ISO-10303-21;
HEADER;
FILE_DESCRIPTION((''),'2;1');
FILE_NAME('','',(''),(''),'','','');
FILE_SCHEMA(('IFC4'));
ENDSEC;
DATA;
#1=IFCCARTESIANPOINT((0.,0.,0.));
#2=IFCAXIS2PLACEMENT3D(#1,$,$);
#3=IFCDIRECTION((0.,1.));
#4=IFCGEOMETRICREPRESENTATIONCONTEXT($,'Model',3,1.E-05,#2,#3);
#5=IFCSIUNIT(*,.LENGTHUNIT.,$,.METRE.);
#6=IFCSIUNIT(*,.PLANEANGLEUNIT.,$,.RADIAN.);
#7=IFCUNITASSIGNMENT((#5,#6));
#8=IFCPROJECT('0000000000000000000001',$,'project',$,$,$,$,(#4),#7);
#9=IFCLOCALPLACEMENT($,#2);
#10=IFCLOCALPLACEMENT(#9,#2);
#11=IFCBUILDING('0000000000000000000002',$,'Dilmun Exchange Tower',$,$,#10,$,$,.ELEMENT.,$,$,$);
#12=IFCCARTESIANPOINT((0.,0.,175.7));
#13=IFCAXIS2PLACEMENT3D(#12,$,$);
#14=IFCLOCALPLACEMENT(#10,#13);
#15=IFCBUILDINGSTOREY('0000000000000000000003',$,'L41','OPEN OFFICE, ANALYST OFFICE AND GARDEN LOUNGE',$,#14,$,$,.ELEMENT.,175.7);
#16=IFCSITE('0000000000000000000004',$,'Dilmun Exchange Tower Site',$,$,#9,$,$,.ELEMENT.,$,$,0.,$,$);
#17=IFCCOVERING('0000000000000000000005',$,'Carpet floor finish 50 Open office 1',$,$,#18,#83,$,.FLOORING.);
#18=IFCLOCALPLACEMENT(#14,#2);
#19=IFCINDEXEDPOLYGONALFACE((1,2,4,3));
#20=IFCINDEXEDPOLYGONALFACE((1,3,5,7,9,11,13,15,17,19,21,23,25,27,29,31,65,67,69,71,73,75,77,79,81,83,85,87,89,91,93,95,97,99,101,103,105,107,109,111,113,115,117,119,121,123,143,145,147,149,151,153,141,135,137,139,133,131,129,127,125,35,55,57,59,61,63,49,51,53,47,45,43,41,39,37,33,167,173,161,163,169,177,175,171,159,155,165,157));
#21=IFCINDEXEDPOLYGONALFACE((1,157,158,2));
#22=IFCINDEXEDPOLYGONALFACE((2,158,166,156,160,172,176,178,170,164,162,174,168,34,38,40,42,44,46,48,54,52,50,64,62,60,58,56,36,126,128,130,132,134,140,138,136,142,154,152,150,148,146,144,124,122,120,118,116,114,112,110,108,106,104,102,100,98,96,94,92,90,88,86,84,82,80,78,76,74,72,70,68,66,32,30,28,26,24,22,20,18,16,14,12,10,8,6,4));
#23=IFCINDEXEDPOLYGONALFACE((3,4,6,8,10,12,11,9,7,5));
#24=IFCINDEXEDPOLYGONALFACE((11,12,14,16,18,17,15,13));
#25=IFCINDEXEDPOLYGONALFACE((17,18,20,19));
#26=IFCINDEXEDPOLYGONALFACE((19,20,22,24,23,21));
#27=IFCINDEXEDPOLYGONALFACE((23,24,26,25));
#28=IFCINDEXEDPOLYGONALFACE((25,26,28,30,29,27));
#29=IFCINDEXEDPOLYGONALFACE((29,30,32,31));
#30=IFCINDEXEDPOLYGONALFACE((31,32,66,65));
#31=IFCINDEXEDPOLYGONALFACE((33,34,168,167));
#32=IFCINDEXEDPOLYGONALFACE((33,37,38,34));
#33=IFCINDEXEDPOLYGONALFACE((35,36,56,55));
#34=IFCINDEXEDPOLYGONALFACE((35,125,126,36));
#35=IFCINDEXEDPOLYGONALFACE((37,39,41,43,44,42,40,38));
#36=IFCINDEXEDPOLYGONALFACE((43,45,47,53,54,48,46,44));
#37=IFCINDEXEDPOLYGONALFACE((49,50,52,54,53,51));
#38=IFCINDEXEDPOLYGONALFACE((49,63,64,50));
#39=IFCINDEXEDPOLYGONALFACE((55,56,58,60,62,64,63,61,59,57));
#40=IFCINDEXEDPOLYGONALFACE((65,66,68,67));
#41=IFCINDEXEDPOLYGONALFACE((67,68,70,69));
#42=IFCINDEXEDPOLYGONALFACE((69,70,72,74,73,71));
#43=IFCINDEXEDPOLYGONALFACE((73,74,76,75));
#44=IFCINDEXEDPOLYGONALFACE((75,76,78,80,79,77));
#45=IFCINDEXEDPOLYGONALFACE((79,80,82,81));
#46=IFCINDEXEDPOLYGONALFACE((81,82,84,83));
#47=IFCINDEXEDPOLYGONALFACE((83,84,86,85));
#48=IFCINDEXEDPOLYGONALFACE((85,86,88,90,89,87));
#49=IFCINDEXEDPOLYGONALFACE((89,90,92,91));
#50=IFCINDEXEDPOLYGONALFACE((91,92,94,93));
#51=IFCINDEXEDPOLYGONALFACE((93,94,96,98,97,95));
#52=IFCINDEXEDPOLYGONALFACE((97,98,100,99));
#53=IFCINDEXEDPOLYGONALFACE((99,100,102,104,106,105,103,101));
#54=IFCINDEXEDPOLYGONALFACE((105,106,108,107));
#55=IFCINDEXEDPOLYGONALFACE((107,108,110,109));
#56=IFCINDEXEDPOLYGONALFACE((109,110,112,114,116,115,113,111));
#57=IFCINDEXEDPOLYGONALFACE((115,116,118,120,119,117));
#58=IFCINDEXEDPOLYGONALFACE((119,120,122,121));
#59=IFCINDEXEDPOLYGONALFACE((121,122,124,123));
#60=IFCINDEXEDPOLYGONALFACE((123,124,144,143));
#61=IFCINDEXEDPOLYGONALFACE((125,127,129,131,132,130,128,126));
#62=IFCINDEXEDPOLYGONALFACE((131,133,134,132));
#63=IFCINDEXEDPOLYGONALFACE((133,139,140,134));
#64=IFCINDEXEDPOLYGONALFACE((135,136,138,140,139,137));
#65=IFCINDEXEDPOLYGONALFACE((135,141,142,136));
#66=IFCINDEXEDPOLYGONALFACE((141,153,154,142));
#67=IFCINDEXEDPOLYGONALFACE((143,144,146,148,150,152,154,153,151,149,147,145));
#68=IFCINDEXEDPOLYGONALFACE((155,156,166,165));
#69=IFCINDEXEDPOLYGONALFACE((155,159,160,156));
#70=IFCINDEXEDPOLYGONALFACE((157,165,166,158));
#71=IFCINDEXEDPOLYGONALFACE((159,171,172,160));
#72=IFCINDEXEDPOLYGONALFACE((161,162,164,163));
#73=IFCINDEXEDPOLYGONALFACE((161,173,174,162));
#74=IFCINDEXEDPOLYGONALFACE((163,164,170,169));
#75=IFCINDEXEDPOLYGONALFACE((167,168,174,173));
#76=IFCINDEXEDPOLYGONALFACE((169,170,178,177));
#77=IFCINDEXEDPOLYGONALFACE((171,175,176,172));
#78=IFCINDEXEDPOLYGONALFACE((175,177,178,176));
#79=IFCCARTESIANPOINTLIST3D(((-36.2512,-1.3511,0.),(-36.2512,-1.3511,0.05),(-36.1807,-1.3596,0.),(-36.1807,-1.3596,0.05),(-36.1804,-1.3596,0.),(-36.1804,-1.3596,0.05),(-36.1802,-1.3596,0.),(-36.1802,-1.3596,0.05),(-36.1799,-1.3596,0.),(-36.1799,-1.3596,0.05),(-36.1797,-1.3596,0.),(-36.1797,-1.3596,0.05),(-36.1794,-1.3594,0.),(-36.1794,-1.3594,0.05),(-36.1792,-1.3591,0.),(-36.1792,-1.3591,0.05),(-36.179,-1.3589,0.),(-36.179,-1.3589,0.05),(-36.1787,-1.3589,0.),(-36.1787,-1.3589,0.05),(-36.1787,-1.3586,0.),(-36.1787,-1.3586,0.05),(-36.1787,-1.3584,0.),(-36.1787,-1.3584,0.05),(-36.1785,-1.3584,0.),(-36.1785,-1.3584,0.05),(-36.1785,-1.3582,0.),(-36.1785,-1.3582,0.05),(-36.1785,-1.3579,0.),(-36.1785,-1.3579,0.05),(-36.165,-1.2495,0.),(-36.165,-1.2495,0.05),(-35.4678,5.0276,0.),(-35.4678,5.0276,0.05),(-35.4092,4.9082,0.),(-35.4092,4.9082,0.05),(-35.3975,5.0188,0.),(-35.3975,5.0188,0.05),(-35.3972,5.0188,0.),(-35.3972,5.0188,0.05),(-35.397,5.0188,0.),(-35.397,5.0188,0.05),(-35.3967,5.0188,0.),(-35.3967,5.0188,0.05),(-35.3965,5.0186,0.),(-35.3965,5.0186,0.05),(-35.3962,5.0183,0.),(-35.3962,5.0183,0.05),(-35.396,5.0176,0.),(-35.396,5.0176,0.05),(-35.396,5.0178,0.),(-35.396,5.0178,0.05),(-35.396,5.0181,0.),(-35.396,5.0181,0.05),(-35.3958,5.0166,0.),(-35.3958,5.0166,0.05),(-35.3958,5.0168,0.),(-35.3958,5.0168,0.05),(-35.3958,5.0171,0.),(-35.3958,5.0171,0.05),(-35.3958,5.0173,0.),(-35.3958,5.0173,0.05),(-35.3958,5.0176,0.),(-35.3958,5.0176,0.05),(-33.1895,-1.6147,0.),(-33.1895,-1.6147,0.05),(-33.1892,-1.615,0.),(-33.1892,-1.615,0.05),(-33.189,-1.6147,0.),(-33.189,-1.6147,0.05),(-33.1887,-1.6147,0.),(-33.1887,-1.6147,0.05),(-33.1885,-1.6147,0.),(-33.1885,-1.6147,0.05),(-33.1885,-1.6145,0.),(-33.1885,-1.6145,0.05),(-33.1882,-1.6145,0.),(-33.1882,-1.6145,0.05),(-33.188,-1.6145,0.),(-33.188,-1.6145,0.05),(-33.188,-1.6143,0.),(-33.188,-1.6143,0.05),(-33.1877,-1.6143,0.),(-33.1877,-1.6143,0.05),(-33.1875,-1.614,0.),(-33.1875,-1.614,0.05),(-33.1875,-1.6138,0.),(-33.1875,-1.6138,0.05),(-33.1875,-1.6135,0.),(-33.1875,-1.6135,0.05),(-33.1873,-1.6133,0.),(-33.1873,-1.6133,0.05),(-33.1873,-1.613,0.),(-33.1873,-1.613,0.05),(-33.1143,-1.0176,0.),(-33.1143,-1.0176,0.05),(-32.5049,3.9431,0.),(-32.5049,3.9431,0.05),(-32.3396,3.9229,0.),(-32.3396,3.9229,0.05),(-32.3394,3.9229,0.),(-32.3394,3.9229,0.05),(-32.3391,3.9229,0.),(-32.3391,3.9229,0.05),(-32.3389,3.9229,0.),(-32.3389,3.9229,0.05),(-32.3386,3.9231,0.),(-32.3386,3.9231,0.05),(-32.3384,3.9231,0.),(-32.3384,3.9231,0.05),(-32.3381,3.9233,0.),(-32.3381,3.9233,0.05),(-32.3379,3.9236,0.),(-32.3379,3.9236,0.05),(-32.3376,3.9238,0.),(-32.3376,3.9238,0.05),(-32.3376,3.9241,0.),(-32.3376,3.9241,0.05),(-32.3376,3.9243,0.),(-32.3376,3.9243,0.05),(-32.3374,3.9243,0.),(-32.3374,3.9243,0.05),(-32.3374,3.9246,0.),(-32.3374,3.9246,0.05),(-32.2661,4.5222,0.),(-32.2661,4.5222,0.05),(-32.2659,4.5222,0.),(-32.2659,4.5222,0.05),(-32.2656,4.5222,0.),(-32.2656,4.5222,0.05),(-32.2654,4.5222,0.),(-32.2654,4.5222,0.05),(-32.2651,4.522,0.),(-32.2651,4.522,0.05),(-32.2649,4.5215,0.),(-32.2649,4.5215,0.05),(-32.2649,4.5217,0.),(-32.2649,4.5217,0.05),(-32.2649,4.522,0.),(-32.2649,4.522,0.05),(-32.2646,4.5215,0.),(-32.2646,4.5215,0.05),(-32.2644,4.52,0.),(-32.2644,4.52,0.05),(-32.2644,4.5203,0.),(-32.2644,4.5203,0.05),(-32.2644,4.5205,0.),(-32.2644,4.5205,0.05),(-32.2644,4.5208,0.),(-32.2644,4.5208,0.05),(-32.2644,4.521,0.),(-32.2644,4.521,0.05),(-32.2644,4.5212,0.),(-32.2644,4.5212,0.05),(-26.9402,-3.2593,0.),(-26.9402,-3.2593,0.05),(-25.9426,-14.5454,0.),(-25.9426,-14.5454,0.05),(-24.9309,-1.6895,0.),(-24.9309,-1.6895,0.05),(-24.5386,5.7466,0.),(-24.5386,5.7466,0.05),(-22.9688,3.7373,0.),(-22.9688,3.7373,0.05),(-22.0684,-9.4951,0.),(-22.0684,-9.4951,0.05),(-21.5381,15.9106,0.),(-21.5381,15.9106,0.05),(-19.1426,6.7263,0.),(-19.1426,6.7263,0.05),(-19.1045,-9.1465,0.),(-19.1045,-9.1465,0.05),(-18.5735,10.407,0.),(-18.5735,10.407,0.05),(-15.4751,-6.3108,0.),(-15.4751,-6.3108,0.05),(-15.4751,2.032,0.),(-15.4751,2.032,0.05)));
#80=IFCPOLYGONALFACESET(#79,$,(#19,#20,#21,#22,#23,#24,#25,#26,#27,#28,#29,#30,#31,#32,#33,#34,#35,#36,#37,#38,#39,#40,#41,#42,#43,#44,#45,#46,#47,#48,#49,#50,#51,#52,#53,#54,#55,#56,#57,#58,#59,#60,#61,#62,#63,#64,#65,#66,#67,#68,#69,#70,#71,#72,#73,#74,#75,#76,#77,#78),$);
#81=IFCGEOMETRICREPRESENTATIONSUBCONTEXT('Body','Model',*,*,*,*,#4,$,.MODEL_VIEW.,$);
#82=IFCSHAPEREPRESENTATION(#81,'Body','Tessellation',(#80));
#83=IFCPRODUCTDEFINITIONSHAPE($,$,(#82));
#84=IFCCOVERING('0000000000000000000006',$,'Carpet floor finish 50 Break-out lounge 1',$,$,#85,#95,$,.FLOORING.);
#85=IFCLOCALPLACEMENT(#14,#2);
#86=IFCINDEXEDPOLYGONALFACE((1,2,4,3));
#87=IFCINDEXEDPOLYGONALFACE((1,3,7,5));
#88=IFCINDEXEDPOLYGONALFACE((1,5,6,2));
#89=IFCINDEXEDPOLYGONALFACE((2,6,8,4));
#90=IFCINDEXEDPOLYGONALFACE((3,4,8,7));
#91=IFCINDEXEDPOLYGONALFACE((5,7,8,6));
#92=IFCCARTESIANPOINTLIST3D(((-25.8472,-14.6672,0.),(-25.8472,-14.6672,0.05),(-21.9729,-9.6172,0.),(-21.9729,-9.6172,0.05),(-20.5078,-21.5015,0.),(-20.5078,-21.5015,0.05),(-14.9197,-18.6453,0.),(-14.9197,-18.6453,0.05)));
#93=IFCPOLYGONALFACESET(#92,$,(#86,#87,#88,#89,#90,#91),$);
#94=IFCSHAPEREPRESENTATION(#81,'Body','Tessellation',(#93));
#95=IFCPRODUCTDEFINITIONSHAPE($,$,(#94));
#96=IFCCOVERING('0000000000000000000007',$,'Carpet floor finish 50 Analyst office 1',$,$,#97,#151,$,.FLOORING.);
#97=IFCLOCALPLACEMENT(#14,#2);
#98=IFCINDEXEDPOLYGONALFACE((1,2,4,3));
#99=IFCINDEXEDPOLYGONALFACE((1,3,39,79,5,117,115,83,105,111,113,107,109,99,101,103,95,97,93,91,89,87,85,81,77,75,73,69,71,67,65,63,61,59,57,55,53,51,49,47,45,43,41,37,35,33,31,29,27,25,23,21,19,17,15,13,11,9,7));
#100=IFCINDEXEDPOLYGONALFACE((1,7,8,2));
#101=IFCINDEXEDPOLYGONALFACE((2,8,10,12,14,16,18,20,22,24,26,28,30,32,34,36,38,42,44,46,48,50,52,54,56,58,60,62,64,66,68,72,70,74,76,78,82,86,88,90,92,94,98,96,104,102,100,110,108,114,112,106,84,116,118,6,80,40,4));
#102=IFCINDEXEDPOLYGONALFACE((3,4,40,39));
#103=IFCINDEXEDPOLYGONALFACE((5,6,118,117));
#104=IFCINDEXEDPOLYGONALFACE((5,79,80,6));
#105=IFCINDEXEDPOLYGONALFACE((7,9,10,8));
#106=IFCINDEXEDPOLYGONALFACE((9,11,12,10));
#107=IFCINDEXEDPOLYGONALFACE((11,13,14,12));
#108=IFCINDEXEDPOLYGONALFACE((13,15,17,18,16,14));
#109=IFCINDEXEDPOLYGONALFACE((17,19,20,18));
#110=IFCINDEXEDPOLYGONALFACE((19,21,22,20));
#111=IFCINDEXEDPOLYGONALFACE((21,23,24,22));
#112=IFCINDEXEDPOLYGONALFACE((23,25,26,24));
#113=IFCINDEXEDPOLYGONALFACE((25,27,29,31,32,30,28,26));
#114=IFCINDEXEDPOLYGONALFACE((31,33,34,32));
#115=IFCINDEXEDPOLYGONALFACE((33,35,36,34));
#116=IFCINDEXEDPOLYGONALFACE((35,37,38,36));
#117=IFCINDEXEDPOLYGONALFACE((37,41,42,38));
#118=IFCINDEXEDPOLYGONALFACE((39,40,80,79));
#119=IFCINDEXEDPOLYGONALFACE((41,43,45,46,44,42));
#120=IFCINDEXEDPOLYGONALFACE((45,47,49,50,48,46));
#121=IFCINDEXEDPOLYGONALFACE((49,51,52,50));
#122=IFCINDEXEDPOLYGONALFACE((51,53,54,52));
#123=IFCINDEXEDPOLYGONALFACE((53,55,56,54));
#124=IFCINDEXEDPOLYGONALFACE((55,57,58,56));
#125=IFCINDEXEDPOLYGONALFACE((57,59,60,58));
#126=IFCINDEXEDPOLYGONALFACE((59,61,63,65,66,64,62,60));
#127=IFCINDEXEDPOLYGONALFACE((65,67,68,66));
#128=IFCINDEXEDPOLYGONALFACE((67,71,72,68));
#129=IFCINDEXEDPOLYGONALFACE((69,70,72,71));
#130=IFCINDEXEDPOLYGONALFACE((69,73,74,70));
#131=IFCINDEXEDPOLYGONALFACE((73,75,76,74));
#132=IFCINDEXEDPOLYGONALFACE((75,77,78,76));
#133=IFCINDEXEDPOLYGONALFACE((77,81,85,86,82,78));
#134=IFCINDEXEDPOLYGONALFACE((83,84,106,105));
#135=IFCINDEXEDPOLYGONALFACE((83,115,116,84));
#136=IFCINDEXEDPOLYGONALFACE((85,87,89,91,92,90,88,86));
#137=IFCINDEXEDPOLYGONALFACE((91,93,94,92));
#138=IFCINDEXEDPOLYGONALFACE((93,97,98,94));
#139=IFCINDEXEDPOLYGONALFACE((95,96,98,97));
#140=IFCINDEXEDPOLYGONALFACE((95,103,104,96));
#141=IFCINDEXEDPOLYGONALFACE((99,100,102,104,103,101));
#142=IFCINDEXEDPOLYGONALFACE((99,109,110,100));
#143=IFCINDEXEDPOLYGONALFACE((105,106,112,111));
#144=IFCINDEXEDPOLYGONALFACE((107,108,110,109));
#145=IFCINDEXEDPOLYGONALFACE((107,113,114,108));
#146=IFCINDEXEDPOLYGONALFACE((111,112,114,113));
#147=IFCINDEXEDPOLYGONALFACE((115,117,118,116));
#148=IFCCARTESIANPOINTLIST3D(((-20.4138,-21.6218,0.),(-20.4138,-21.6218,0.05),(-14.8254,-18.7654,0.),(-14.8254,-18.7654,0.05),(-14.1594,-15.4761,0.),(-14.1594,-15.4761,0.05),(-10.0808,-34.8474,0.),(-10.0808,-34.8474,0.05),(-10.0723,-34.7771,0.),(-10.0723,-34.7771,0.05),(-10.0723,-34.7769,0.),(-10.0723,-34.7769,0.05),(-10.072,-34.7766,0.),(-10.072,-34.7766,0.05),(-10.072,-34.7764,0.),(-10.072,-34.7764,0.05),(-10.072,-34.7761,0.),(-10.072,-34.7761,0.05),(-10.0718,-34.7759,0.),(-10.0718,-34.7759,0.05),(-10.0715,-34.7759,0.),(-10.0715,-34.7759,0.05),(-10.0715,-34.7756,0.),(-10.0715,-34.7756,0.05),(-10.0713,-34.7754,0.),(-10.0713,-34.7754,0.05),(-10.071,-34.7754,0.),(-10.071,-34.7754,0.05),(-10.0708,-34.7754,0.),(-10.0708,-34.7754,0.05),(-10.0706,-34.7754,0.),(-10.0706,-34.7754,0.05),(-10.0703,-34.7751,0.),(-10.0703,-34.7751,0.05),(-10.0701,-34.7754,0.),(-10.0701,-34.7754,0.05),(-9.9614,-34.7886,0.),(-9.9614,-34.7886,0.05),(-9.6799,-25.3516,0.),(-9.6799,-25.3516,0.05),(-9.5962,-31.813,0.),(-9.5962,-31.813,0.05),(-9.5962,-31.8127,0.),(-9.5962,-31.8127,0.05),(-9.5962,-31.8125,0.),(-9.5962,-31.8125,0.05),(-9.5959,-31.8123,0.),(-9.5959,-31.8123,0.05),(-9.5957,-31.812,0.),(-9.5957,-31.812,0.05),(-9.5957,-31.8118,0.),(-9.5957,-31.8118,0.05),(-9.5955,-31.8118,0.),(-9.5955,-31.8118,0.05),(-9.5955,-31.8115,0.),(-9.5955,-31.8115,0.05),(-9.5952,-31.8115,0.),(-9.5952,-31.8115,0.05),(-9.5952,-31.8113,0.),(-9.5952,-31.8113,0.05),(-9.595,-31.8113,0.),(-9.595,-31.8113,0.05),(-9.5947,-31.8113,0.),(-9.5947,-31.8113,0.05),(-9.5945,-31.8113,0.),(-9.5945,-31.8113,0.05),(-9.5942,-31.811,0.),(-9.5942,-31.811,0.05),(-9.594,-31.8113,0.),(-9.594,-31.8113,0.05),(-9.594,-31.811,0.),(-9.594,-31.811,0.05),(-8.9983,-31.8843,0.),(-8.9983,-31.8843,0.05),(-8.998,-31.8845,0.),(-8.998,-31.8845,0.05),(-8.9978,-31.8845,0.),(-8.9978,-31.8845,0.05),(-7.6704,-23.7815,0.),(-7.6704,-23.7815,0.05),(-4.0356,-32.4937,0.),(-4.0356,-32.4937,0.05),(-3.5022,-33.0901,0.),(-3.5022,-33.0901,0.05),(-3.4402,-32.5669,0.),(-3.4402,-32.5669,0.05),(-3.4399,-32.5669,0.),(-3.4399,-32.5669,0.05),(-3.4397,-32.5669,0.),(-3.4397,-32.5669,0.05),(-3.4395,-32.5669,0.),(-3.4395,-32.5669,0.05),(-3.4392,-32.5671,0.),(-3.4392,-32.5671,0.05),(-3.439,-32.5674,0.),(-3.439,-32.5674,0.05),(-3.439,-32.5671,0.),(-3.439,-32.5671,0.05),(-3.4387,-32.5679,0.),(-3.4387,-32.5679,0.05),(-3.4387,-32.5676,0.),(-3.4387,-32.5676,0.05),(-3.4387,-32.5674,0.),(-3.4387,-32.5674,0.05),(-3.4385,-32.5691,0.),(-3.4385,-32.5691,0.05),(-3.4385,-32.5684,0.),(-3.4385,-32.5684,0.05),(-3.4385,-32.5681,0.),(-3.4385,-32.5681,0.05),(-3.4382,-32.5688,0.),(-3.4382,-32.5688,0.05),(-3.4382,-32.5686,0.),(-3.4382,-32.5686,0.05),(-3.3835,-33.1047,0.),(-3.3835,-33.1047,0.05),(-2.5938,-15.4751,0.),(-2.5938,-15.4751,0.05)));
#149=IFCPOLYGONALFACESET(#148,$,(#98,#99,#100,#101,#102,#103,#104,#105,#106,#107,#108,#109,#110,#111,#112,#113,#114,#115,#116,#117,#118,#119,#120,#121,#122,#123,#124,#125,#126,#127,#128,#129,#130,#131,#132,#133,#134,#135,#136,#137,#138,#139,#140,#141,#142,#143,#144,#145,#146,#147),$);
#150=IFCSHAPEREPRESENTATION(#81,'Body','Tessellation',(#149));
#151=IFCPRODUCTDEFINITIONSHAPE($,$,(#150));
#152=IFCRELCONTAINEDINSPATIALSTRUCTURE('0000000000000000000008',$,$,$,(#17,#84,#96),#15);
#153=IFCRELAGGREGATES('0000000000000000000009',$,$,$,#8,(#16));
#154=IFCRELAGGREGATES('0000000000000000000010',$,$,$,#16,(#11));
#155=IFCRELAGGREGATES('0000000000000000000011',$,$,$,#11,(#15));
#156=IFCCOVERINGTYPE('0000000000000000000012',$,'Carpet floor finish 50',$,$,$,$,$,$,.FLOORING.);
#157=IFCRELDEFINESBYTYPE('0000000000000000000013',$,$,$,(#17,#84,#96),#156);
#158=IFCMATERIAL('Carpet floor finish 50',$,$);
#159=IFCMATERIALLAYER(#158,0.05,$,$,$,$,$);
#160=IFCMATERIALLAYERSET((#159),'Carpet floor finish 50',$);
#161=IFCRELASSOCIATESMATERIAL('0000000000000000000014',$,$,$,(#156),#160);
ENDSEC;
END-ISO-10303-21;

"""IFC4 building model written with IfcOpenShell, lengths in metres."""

from ifc_helpers import new_model, si_unit, direction, frame, origin, place, context, subcontext, project, spatial, polyline, outline, extrude, material, layer, layer_set, type_object, element, save


model = new_model("IFC4")

# Units and contexts
model_context = context("Model", 3, precision=1e-05, world=origin(), true_north=direction((0.0, 1.0)))
body_context = subcontext(model_context, "Body", "Model", "MODEL_VIEW")
ifc_project = project(units=[si_unit("LENGTHUNIT", "METRE"), si_unit("PLANEANGLEUNIT", "RADIAN")], contexts=[model_context])

# Site, building, storey
site_placement = place(None, origin())
site = spatial("IfcSite", under=ifc_project, at=site_placement, Name="Dilmun Exchange Tower Site", CompositionType="ELEMENT", RefElevation=0.0)
building_placement = place(site_placement, origin())
building = spatial("IfcBuilding", under=site, at=building_placement, Name="Dilmun Exchange Tower", CompositionType="ELEMENT")
storey_placement = place(building_placement, frame((0.0, 0.0, 175.7)))
storey = spatial("IfcBuildingStorey", under=building, at=storey_placement, Name="L41", Description="OPEN OFFICE, ANALYST OFFICE AND GARDEN LOUNGE", CompositionType="ELEMENT", Elevation=175.7)

# Coverings
ifc_material_1 = material(Name="Carpet floor finish 50")
ifc_layer_1 = layer(ifc_material_1, 0.05)
ifc_layer_set_1 = layer_set([ifc_layer_1], Name="Carpet floor finish 50")
covering_type_1 = type_object("IfcCoveringType", Name="Carpet floor finish 50", PredefinedType="FLOORING", material=ifc_layer_set_1)
covering_1_placement = place(storey_placement, origin())
element("IfcCovering", 1, at=covering_1_placement, inside=storey, type_object=covering_type_1, Name="Carpet floor finish 50 Open office 1", PredefinedType="FLOORING", context=body_context, shape_type="SweptSolid", body=[
    extrude(outline(polyline([(-18.5735, 10.407), (-24.5386, 5.7466), (-22.9688, 3.7373), (-19.1426, 6.7263), (-15.4751, 2.032), (-15.4751, -6.3108), (-19.1045, -9.1465), (-24.9309, -1.6895), (-26.9402, -3.2593), (-22.0684, -9.4951), (-25.9426, -14.5454), (-36.2512, -1.3511), (-36.1807, -1.3596), (-36.1804, -1.3596), (-36.1804, -1.3596), (-36.1802, -1.3596), (-36.1799, -1.3596), (-36.1797, -1.3596), (-36.1794, -1.3594), (-36.1794, -1.3594), (-36.1792, -1.3591), (-36.1792, -1.3591), (-36.179, -1.3589), (-36.1787, -1.3589), (-36.1787, -1.3586), (-36.1787, -1.3584), (-36.1785, -1.3584), (-36.1785, -1.3582), (-36.1785, -1.3579), (-36.165, -1.2495), (-33.1895, -1.6147), (-33.1892, -1.615), (-33.1892, -1.615), (-33.189, -1.6147), (-33.1887, -1.6147), (-33.1885, -1.6147), (-33.1885, -1.6145), (-33.1882, -1.6145), (-33.188, -1.6145), (-33.188, -1.6143), (-33.1877, -1.6143), (-33.1875, -1.614), (-33.1875, -1.6138), (-33.1875, -1.6138), (-33.1875, -1.6135), (-33.1873, -1.6133), (-33.1873, -1.613), (-33.1143, -1.0176), (-32.5049, 3.9431), (-32.3396, 3.9229), (-32.3396, 3.9229), (-32.3394, 3.9229), (-32.3391, 3.9229), (-32.3389, 3.9229), (-32.3386, 3.9231), (-32.3386, 3.9231), (-32.3384, 3.9231), (-32.3381, 3.9233), (-32.3381, 3.9233), (-32.3379, 3.9236), (-32.3379, 3.9236), (-32.3376, 3.9238), (-32.3376, 3.9241), (-32.3376, 3.9243), (-32.3374, 3.9243), (-32.3374, 3.9246), (-32.2644, 4.52), (-32.2644, 4.5203), (-32.2644, 4.5205), (-32.2644, 4.5208), (-32.2644, 4.521), (-32.2644, 4.521), (-32.2644, 4.5212), (-32.2646, 4.5215), (-32.2649, 4.5215), (-32.2649, 4.5217), (-32.2649, 4.522), (-32.2651, 4.522), (-32.2654, 4.5222), (-32.2654, 4.5222), (-32.2656, 4.5222), (-32.2659, 4.5222), (-32.2661, 4.5222), (-35.4092, 4.9082), (-35.3958, 5.0166), (-35.3958, 5.0168), (-35.3958, 5.0171), (-35.3958, 5.0173), (-35.3958, 5.0176), (-35.396, 5.0176), (-35.396, 5.0178), (-35.396, 5.0181), (-35.3962, 5.0183), (-35.3962, 5.0183), (-35.3965, 5.0186), (-35.3965, 5.0186), (-35.3967, 5.0188), (-35.397, 5.0188), (-35.3972, 5.0188), (-35.3972, 5.0188), (-35.3975, 5.0188), (-35.4678, 5.0276), (-21.5381, 15.9106), (-18.5735, 10.407)])), origin(), (0.0, 0.0, 1.0), 0.05),
])
covering_2_placement = place(storey_placement, origin())
element("IfcCovering", 2, at=covering_2_placement, inside=storey, type_object=covering_type_1, Name="Carpet floor finish 50 Break-out lounge 1", PredefinedType="FLOORING", context=body_context, shape_type="SweptSolid", body=[
    extrude(outline(polyline([(-14.9197, -18.6453), (-20.5078, -21.5015), (-25.8472, -14.6672), (-21.9729, -9.6172), (-14.9197, -18.6453)])), origin(), (0.0, 0.0, 1.0), 0.05),
])
covering_3_placement = place(storey_placement, origin())
element("IfcCovering", 3, at=covering_3_placement, inside=storey, type_object=covering_type_1, Name="Carpet floor finish 50 Analyst office 1", PredefinedType="FLOORING", context=body_context, shape_type="SweptSolid", body=[
    extrude(outline(polyline([(-14.8254, -18.7654), (-9.6799, -25.3516), (-7.6704, -23.7815), (-14.1594, -15.4761), (-2.5938, -15.4751), (-3.3835, -33.1047), (-3.5022, -33.0901), (-3.4385, -32.5691), (-3.4382, -32.5688), (-3.4382, -32.5686), (-3.4385, -32.5684), (-3.4385, -32.5681), (-3.4385, -32.5681), (-3.4387, -32.5679), (-3.4387, -32.5676), (-3.4387, -32.5674), (-3.439, -32.5674), (-3.439, -32.5671), (-3.4392, -32.5671), (-3.4395, -32.5669), (-3.4395, -32.5669), (-3.4397, -32.5669), (-3.4399, -32.5669), (-3.4402, -32.5669), (-4.0356, -32.4937), (-4.0356, -32.4937), (-8.9978, -31.8845), (-8.998, -31.8845), (-8.9983, -31.8843), (-8.9983, -31.8843), (-9.594, -31.8113), (-9.594, -31.811), (-9.5942, -31.811), (-9.5945, -31.8113), (-9.5947, -31.8113), (-9.595, -31.8113), (-9.5952, -31.8113), (-9.5952, -31.8115), (-9.5955, -31.8115), (-9.5955, -31.8118), (-9.5957, -31.8118), (-9.5957, -31.812), (-9.5959, -31.8123), (-9.5959, -31.8123), (-9.5962, -31.8125), (-9.5962, -31.8127), (-9.5962, -31.813), (-9.9614, -34.7886), (-10.0701, -34.7754), (-10.0703, -34.7751), (-10.0703, -34.7751), (-10.0706, -34.7754), (-10.0708, -34.7754), (-10.071, -34.7754), (-10.071, -34.7754), (-10.0713, -34.7754), (-10.0715, -34.7756), (-10.0715, -34.7759), (-10.0718, -34.7759), (-10.072, -34.7761), (-10.072, -34.7764), (-10.072, -34.7764), (-10.072, -34.7766), (-10.0723, -34.7769), (-10.0723, -34.7771), (-10.0808, -34.8474), (-20.4138, -21.6218), (-14.8254, -18.7654)])), origin(), (0.0, 0.0, 1.0), 0.05),
])

save(model, "model.ifc")
